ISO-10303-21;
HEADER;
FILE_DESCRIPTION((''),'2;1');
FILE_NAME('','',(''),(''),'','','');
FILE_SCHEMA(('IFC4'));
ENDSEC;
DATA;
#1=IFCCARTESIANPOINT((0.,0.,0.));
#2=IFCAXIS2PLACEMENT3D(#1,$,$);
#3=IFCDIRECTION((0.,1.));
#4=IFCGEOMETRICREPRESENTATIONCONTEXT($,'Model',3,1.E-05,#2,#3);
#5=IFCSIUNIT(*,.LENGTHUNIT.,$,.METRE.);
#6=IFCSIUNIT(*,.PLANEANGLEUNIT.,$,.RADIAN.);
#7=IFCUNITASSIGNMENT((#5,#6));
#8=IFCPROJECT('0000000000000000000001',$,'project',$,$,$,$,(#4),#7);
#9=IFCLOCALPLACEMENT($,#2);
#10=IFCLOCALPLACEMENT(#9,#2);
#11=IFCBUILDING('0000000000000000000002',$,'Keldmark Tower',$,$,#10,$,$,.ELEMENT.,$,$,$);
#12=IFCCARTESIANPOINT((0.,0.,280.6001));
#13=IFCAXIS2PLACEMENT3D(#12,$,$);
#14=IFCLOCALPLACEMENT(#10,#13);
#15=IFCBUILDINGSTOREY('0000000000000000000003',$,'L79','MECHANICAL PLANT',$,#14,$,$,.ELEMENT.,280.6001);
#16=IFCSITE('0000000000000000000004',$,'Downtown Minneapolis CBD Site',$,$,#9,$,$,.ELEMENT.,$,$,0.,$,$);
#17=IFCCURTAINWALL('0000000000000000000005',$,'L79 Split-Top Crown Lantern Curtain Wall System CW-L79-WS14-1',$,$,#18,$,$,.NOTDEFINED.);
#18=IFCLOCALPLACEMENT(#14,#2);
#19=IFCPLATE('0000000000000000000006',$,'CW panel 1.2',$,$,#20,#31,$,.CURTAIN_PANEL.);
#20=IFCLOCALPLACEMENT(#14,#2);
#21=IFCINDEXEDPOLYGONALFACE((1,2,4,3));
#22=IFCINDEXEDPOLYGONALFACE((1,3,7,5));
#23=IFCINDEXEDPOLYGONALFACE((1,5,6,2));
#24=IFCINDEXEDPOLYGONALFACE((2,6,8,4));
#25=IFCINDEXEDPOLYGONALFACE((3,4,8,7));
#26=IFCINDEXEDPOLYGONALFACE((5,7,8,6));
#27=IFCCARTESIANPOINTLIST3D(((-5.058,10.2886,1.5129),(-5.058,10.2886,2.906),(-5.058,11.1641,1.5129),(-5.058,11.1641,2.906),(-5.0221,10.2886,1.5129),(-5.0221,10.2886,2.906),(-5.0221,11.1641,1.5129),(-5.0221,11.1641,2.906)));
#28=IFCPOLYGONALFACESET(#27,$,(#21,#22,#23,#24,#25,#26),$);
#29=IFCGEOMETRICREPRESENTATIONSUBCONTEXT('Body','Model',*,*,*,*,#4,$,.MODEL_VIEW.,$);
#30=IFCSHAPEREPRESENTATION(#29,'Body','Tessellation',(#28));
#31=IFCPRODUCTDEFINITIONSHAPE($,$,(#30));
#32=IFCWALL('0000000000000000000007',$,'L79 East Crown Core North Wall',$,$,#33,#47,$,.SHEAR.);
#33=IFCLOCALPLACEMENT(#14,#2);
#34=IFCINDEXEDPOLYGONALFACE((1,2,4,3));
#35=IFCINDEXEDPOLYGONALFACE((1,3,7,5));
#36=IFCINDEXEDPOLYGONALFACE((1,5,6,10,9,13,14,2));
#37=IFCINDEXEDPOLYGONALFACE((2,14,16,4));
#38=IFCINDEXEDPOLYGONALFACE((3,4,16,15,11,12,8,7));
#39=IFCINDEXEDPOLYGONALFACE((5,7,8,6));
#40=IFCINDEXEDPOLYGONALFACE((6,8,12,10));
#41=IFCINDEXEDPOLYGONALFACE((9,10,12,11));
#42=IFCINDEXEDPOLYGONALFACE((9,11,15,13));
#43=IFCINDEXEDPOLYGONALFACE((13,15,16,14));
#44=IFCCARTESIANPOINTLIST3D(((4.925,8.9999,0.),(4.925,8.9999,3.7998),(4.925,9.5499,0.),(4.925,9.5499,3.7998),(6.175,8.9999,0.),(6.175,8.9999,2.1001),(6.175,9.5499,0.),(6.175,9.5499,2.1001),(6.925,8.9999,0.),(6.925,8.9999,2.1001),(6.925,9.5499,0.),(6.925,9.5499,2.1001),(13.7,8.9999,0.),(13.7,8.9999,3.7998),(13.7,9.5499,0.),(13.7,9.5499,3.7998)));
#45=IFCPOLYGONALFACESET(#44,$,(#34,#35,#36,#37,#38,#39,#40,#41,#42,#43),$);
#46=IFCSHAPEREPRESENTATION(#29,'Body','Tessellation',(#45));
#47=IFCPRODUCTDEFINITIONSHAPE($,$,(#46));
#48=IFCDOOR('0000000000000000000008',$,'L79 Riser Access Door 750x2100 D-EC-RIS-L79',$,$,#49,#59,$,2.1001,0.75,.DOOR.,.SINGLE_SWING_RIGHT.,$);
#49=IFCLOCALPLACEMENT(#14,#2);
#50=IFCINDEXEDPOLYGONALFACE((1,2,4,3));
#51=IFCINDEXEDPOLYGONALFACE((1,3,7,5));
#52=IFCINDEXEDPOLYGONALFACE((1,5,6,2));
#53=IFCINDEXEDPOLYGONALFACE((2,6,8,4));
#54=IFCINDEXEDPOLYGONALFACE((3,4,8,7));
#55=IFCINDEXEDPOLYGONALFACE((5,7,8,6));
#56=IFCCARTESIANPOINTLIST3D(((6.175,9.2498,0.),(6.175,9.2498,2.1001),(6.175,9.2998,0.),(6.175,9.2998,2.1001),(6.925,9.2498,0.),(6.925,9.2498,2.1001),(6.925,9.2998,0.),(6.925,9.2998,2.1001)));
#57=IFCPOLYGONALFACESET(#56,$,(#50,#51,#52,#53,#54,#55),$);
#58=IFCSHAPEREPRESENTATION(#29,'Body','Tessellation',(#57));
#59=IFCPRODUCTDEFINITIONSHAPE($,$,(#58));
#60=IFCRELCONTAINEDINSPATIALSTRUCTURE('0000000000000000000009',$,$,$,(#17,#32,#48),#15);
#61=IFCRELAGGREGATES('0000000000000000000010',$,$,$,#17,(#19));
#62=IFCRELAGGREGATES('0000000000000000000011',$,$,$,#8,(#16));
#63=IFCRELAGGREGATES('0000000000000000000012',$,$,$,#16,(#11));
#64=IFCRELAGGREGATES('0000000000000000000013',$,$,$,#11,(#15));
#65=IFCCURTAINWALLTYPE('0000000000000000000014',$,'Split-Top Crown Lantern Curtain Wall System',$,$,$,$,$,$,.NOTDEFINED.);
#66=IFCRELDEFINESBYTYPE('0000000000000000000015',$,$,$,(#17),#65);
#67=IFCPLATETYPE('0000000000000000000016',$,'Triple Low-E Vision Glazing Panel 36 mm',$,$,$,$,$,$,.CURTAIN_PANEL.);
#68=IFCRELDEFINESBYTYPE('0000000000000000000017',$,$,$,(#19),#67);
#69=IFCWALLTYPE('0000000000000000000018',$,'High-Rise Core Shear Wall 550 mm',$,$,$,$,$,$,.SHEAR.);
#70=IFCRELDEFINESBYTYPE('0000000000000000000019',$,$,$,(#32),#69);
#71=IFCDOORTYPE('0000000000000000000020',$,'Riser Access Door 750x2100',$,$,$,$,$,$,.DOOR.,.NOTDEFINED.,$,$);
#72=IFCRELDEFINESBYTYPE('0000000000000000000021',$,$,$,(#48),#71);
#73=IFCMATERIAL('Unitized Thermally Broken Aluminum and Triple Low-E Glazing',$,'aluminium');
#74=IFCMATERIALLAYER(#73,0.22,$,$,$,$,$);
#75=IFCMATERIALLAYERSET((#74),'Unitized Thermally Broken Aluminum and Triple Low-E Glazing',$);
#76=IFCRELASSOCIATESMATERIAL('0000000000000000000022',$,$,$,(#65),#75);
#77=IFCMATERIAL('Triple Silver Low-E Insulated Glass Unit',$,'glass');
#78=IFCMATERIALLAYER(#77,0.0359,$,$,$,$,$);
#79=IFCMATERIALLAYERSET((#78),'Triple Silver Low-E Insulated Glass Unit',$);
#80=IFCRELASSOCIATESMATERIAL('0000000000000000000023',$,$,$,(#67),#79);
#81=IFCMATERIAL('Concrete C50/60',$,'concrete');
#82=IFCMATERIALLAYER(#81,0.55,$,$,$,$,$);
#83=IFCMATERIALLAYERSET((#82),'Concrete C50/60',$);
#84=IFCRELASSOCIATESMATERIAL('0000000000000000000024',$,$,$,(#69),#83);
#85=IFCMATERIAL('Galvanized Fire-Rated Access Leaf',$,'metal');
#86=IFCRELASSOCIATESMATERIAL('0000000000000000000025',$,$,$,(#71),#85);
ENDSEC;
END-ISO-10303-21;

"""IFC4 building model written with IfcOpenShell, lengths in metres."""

from ifc_helpers import new_model, si_unit, direction, frame, frame_2d, origin, origin_2d, place, context, subcontext, project, spatial, rectangle, extrude, material, layer, layer_set, type_object, element, fill, aggregate, save


model = new_model("IFC4")

# Units and contexts
model_context = context("Model", 3, precision=1e-05, world=origin(), true_north=direction((0.0, 1.0)))
body_context = subcontext(model_context, "Body", "Model", "MODEL_VIEW")
ifc_project = project(units=[si_unit("LENGTHUNIT", "METRE"), si_unit("PLANEANGLEUNIT", "RADIAN")], contexts=[model_context])

# Site, building, storey
site_placement = place(None, origin())
site = spatial("IfcSite", under=ifc_project, at=site_placement, Name="Downtown Minneapolis CBD Site", CompositionType="ELEMENT", RefElevation=0.0)
building_placement = place(site_placement, origin())
building = spatial("IfcBuilding", under=site, at=building_placement, Name="Keldmark Tower", CompositionType="ELEMENT")
storey_placement = place(building_placement, frame((0.0, 0.0, 280.6001)))
storey = spatial("IfcBuildingStorey", under=building, at=storey_placement, Name="L79", Description="MECHANICAL PLANT", CompositionType="ELEMENT", Elevation=280.6001)

# Shared definitions
ifc_material_1 = material(Name="Unitized Thermally Broken Aluminum and Triple Low-E Glazing", Category="aluminium")
ifc_layer_1 = layer(ifc_material_1, 0.22)
ifc_layer_set_1 = layer_set([ifc_layer_1], Name="Unitized Thermally Broken Aluminum and Triple Low-E Glazing")
curtain_wall_type = type_object("IfcCurtainWallType", Name="Split-Top Crown Lantern Curtain Wall System", PredefinedType="NOTDEFINED", material=ifc_layer_set_1)

# Curtain wall
curtain_wall_1_placement = place(storey_placement, origin())
curtain_wall_1 = element("IfcCurtainWall", 1, at=curtain_wall_1_placement, inside=storey, type_object=curtain_wall_type, Name="L79 Split-Top Crown Lantern Curtain Wall System CW-L79-WS14-1", PredefinedType="NOTDEFINED")

# Plate
ifc_material_2 = material(Name="Triple Silver Low-E Insulated Glass Unit", Category="glass")
ifc_layer_2 = layer(ifc_material_2, 0.0359)
ifc_layer_set_2 = layer_set([ifc_layer_2], Name="Triple Silver Low-E Insulated Glass Unit")
plate_type = type_object("IfcPlateType", Name="Triple Low-E Vision Glazing Panel 36 mm", PredefinedType="CURTAIN_PANEL", material=ifc_layer_set_2)
plate_1_placement = place(storey_placement, frame((-5.04, 10.7263, 1.5129), z_axis=(0.0, 0.0, 1.0), x_axis=(0.0, 1.0, 0.0)))
plate_1 = element("IfcPlate", 2, at=plate_1_placement, type_object=plate_type, Name="CW panel 1.2", PredefinedType="CURTAIN_PANEL", context=body_context, shape_type="SweptSolid", body=[
    extrude(rectangle(XDim=0.8755, YDim=0.0359, at=origin_2d()), origin(), (0.0, 0.0, 1.0), 1.3931),
])
aggregate(curtain_wall_1, [plate_1])

# Wall, opening, door
ifc_material_3 = material(Name="Concrete C50/60", Category="concrete")
ifc_layer_3 = layer(ifc_material_3, 0.55)
ifc_layer_set_3 = layer_set([ifc_layer_3], Name="Concrete C50/60")
wall_type_1 = type_object("IfcWallType", Name="High-Rise Core Shear Wall 550 mm", PredefinedType="SHEAR", material=ifc_layer_set_3)
wall_1_placement = place(storey_placement, frame((4.925, 9.2749, 0.0), z_axis=(0.0, 0.0, 1.0), x_axis=(1.0, 0.0, 0.0)))
wall_1 = element("IfcWall", 3, at=wall_1_placement, inside=storey, type_object=wall_type_1, Name="L79 East Crown Core North Wall", PredefinedType="SHEAR", context=body_context, shape_type="SweptSolid", body=[
    extrude(rectangle(XDim=8.7749, YDim=0.55, at=frame_2d((4.3875, 0.0))), origin(), (0.0, 0.0, 1.0), 3.7998),
])
opening_1_placement = place(wall_1_placement, frame((1.25, 0.0, 0.0)))
opening_1 = element("IfcOpeningElement", 4, at=opening_1_placement, cuts=wall_1, PredefinedType="OPENING", context=body_context, shape_type="SweptSolid", body=[
    extrude(rectangle(XDim=0.75, YDim=2.1001, at=frame_2d((0.375, 1.05))), frame((0.0, 0.2849, 0.0), z_axis=(0.0, -1.0, 0.0), x_axis=(1.0, 0.0, 0.0)), (0.0, 0.0, 1.0), 0.5701),
])
ifc_material_4 = material(Name="Galvanized Fire-Rated Access Leaf", Category="metal")
door_type_1 = type_object("IfcDoorType", Name="Riser Access Door 750x2100", OperationType="NOTDEFINED", PredefinedType="DOOR", material=ifc_material_4)
door_1_placement = place(opening_1_placement, origin())
door_1 = element("IfcDoor", 5, at=door_1_placement, inside=storey, type_object=door_type_1, Name="L79 Riser Access Door 750x2100 D-EC-RIS-L79", OperationType="SINGLE_SWING_RIGHT", OverallHeight=2.1001, OverallWidth=0.75, PredefinedType="DOOR", context=body_context, shape_type="SweptSolid", body=[
    extrude(rectangle(XDim=0.75, YDim=2.1001, at=frame_2d((0.375, 1.05))), frame((0.0, 0.0249, 0.0), z_axis=(0.0, -1.0, 0.0), x_axis=(1.0, 0.0, 0.0)), (0.0, 0.0, 1.0), 0.05),
])
fill(opening_1, door_1)

save(model, "model.ifc")
